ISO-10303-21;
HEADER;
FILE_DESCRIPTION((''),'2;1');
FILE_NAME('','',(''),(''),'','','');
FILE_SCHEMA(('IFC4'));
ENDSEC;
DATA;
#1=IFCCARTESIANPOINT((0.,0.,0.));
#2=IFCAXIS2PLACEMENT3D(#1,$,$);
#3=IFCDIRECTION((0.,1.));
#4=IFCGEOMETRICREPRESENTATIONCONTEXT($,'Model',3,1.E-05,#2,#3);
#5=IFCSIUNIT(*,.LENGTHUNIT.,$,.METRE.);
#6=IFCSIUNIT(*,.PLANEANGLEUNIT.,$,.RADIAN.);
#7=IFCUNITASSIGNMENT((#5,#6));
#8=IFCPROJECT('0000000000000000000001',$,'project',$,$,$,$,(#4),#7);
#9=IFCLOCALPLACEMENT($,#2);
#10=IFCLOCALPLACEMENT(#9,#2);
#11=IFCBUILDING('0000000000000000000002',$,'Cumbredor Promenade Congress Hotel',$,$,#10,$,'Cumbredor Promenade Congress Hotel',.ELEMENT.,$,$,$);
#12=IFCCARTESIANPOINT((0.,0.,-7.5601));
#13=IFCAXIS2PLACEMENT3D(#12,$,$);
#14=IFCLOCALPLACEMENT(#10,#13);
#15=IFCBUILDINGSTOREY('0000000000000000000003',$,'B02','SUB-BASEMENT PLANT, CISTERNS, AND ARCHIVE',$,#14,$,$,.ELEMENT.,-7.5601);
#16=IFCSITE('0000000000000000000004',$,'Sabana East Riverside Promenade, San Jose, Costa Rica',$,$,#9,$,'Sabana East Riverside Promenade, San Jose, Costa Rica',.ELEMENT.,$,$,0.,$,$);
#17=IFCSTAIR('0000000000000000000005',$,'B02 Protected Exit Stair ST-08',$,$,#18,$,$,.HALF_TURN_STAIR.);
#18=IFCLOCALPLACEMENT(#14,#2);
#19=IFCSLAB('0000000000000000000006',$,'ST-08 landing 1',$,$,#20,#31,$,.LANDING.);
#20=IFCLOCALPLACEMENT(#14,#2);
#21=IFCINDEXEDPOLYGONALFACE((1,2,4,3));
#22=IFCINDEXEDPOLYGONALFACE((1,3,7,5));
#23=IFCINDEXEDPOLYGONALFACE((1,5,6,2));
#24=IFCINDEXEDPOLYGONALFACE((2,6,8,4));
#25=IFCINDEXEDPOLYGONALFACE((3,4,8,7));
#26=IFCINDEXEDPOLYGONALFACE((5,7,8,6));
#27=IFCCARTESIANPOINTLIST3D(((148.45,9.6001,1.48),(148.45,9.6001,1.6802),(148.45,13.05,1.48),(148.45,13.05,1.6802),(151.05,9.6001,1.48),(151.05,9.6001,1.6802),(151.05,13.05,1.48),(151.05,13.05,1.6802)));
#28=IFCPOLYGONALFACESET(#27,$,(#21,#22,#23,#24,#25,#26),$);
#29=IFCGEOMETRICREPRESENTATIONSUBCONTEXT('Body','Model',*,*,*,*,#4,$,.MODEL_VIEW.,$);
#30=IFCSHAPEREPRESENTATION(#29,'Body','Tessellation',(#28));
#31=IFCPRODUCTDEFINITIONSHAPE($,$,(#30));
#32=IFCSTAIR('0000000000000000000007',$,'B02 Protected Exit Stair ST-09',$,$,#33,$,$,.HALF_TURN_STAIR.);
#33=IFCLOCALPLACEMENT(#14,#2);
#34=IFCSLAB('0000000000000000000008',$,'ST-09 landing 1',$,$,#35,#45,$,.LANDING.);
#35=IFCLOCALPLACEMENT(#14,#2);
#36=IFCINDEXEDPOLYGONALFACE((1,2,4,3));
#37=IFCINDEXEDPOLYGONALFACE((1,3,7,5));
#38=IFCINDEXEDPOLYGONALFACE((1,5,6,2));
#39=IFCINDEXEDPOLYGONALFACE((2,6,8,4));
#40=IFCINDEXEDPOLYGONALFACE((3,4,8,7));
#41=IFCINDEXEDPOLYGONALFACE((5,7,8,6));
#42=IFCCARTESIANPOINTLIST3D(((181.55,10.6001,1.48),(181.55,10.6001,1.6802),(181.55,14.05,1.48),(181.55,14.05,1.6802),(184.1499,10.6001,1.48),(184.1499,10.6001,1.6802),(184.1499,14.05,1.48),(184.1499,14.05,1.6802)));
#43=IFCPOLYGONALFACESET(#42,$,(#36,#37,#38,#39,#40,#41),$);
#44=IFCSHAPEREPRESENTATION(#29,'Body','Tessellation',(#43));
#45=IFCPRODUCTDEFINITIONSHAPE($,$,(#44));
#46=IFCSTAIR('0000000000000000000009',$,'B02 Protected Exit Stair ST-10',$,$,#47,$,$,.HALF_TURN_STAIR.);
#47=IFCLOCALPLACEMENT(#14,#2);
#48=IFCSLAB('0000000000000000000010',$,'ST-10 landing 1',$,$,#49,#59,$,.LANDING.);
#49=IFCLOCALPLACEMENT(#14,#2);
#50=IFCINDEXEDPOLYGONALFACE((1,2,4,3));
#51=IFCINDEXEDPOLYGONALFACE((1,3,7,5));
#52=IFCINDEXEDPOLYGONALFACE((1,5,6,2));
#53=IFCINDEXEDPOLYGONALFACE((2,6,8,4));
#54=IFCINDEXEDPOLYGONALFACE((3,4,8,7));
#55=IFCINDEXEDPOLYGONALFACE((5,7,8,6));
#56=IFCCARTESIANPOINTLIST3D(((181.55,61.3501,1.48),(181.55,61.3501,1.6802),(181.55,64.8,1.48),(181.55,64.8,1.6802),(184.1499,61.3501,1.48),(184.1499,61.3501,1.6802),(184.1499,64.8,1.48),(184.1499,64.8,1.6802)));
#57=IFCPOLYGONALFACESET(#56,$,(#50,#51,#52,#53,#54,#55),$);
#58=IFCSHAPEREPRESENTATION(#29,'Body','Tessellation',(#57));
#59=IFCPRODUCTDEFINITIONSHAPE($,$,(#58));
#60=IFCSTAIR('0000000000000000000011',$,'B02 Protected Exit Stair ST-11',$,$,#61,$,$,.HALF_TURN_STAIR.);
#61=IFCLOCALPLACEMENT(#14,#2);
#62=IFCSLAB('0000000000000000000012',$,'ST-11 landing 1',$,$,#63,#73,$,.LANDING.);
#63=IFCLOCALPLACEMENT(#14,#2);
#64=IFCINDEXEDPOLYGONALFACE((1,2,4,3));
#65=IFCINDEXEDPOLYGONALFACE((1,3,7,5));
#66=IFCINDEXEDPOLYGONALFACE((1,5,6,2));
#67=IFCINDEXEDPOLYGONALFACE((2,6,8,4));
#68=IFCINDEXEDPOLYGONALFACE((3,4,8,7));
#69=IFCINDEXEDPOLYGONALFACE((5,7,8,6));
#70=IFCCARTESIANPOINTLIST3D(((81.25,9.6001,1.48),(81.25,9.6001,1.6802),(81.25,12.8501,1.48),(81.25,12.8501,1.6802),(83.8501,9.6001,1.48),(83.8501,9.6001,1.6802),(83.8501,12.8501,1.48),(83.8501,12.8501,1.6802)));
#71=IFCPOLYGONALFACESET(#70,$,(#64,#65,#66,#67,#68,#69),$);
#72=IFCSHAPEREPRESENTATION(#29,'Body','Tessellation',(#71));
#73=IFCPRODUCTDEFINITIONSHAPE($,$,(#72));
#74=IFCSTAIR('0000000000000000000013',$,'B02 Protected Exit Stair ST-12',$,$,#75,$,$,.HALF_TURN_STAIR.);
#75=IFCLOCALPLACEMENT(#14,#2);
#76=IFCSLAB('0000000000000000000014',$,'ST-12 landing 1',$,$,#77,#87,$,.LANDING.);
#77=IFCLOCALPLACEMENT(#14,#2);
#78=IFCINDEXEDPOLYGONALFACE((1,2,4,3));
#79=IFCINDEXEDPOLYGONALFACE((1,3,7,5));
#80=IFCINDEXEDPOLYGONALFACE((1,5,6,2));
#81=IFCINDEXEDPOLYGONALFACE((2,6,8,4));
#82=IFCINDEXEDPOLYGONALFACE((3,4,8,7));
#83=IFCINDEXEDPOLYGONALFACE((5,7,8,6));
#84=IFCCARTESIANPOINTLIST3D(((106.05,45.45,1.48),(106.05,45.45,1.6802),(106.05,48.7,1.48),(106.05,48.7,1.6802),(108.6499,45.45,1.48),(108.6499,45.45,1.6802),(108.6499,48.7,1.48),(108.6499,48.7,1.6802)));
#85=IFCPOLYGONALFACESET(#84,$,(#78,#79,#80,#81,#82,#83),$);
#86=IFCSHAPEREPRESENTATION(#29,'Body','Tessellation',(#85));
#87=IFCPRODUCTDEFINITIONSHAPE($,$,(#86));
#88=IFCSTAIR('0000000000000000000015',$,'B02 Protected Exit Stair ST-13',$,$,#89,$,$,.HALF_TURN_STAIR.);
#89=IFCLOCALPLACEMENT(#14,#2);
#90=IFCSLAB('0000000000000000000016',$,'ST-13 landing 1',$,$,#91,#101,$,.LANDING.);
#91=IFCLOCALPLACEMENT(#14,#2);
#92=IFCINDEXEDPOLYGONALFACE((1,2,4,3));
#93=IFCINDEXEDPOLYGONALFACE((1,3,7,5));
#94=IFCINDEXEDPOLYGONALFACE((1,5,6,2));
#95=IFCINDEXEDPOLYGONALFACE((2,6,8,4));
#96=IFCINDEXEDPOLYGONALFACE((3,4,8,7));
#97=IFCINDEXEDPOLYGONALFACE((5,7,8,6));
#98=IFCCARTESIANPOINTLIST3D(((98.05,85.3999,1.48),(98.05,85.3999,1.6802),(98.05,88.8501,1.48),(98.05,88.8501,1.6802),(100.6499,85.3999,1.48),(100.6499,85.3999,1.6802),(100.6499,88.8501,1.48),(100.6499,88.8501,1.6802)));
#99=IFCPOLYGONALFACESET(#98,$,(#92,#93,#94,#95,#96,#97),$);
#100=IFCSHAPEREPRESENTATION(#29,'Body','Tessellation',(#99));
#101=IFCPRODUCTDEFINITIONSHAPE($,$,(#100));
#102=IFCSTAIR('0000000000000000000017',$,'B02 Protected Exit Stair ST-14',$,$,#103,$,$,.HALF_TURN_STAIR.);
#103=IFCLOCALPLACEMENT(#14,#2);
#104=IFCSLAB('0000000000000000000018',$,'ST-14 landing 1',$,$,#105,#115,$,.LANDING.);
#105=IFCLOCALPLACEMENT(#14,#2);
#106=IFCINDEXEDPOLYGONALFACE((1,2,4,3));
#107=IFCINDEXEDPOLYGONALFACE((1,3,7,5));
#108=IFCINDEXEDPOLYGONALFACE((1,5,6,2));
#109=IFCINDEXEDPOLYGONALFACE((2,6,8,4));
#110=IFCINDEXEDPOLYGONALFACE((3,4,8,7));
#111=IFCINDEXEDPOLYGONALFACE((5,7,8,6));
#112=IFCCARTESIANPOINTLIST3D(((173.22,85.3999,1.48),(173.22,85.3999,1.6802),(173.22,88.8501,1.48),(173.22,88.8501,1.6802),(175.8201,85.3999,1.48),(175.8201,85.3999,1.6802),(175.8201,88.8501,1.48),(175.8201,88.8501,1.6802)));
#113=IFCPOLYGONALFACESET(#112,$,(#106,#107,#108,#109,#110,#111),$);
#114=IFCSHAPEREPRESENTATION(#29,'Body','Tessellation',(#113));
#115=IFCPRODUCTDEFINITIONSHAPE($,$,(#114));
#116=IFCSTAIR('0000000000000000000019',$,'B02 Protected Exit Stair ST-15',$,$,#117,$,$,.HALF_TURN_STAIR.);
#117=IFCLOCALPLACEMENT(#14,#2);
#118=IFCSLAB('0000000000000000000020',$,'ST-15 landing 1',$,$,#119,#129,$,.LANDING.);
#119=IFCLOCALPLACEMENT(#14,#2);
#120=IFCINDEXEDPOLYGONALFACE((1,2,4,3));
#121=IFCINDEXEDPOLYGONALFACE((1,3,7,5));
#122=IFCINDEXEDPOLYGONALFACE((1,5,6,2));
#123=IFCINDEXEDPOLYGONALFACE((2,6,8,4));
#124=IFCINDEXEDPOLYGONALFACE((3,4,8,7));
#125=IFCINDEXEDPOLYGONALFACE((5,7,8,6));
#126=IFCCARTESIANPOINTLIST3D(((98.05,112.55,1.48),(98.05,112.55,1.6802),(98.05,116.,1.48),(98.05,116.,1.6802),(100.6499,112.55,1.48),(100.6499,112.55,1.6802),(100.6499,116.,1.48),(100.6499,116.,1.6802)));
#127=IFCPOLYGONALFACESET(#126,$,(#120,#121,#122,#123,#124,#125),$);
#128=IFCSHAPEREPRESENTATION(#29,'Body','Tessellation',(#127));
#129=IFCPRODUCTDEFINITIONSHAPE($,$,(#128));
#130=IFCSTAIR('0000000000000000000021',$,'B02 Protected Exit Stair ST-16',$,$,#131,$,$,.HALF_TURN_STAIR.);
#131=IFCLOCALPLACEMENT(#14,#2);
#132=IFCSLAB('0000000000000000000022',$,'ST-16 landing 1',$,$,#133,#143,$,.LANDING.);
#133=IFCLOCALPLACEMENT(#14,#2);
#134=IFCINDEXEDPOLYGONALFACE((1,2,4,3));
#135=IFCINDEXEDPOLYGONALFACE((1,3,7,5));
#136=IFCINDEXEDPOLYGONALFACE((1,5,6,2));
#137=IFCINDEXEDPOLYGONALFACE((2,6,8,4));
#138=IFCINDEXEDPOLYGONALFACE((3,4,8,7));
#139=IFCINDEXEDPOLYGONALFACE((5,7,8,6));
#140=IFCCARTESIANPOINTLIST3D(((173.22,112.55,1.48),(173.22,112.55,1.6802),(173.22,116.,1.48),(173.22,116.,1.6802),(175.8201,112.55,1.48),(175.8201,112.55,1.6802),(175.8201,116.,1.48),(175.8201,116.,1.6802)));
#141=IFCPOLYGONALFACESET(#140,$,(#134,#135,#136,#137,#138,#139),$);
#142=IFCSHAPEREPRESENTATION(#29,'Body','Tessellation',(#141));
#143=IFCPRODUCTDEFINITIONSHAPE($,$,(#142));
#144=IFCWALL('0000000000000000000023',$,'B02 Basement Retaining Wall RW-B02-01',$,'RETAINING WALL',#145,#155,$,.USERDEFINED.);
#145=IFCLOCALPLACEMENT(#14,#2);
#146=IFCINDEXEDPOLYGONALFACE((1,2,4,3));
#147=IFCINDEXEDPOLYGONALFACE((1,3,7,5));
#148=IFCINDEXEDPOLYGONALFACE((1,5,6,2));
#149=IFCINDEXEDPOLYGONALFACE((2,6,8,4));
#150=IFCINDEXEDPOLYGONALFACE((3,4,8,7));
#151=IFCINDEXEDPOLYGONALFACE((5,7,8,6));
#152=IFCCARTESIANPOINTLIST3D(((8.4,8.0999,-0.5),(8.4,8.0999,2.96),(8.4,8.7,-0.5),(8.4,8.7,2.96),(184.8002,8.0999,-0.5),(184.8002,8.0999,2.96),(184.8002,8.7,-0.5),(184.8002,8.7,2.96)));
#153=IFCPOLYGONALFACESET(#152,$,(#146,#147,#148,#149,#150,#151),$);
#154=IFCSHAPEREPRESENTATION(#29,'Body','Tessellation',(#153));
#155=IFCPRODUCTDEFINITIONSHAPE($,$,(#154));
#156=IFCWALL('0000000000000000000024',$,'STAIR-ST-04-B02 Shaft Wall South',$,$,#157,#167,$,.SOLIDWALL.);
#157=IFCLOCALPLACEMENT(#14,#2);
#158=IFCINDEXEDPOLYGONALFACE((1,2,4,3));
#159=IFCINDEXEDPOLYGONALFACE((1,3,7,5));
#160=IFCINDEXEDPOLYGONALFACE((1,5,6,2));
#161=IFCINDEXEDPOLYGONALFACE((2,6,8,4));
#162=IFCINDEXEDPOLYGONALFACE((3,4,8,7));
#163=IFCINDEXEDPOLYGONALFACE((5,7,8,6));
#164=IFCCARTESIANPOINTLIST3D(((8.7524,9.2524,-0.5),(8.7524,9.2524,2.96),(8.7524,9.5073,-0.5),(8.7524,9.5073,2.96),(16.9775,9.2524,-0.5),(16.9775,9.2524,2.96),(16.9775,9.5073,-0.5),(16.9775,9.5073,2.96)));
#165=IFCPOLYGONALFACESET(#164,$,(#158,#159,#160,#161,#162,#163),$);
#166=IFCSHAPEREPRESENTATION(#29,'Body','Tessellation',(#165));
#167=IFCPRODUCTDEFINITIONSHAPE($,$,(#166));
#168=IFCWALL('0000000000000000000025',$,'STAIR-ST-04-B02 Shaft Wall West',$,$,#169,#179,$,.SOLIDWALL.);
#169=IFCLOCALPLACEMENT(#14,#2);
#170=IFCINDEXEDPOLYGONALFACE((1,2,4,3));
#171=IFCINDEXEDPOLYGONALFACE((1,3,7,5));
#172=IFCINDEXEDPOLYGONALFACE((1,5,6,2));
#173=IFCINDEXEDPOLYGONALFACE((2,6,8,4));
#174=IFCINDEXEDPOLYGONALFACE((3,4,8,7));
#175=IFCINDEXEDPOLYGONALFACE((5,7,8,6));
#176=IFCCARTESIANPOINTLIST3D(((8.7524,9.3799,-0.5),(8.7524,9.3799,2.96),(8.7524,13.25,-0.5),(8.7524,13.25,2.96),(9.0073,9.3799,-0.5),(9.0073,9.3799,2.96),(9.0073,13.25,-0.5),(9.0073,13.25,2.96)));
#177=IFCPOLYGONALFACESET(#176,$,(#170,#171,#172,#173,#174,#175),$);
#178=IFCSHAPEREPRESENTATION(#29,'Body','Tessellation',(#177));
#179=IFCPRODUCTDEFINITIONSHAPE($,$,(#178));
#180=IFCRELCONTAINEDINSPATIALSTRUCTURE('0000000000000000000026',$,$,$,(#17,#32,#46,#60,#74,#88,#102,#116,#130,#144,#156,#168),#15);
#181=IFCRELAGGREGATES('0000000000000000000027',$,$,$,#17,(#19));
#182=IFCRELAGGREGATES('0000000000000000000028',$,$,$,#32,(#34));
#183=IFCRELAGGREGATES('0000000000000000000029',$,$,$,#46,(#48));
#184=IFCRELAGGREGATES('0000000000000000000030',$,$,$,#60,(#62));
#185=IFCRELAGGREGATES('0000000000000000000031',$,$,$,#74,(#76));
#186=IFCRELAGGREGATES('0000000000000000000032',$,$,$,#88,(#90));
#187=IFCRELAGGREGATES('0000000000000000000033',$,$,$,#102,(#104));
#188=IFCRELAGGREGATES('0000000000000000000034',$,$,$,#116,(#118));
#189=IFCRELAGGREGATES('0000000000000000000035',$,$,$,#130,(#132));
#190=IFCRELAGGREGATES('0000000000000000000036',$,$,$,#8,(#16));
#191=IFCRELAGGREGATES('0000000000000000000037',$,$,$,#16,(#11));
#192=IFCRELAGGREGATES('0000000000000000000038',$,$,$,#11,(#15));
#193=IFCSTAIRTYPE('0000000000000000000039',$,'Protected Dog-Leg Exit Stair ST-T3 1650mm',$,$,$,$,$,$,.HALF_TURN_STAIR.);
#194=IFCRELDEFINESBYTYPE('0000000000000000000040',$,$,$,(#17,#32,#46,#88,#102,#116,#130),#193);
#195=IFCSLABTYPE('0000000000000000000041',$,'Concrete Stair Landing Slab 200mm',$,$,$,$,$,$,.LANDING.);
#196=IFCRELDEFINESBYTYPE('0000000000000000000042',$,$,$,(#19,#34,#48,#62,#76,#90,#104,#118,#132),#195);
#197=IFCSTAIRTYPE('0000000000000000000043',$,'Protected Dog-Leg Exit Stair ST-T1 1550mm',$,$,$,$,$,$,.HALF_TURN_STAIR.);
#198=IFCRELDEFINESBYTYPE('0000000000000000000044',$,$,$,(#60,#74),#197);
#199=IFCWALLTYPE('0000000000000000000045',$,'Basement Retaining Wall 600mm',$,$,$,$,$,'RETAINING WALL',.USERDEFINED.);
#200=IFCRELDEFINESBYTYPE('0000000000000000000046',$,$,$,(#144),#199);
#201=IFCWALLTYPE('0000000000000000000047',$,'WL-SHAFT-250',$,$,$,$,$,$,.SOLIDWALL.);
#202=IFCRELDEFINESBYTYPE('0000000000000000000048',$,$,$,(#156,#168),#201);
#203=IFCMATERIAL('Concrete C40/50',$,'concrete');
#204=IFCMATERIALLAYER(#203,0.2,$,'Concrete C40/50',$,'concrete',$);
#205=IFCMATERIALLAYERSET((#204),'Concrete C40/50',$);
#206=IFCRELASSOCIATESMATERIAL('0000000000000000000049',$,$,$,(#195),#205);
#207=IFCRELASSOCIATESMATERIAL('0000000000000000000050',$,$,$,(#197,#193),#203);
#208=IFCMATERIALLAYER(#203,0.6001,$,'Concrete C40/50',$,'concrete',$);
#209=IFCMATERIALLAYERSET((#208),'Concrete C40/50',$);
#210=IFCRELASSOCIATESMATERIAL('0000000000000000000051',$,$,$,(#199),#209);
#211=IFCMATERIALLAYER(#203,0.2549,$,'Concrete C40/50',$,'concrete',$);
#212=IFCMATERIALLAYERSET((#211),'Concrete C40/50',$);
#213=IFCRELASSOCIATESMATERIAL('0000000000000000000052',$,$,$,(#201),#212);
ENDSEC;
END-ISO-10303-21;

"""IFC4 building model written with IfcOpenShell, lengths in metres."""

from ifc_helpers import new_model, si_unit, direction, frame, frame_2d, origin, place, context, subcontext, project, spatial, polyline, rectangle, outline, extrude, material, layer, layer_set, type_object, element, aggregate, save


model = new_model("IFC4")

# Units and contexts
model_context = context("Model", 3, precision=1e-05, world=origin(), true_north=direction((0.0, 1.0)))
body_context = subcontext(model_context, "Body", "Model", "MODEL_VIEW")
ifc_project = project(units=[si_unit("LENGTHUNIT", "METRE"), si_unit("PLANEANGLEUNIT", "RADIAN")], contexts=[model_context])

# Site, building, storey
site_placement = place(None, origin())
site = spatial("IfcSite", under=ifc_project, at=site_placement, Name="Sabana East Riverside Promenade, San Jose, Costa Rica", LongName="Sabana East Riverside Promenade, San Jose, Costa Rica", CompositionType="ELEMENT", RefElevation=0.0)
building_placement = place(site_placement, origin())
building = spatial("IfcBuilding", under=site, at=building_placement, Name="Cumbredor Promenade Congress Hotel", LongName="Cumbredor Promenade Congress Hotel", CompositionType="ELEMENT")
storey_placement = place(building_placement, frame((0.0, 0.0, -7.5601)))
storey = spatial("IfcBuildingStorey", under=building, at=storey_placement, Name="B02", Description="SUB-BASEMENT PLANT, CISTERNS, AND ARCHIVE", CompositionType="ELEMENT", Elevation=-7.5601)

# Shared definitions
ifc_material_1 = material(Name="Concrete C40/50", Category="concrete")

# Stairs, slabs
ifc_layer_1 = layer(ifc_material_1, 0.2, Name="Concrete C40/50", Category="concrete")
ifc_layer_set_1 = layer_set([ifc_layer_1], Name="Concrete C40/50")
slab_type_1 = type_object("IfcSlabType", Name="Concrete Stair Landing Slab 200mm", PredefinedType="LANDING", material=ifc_layer_set_1)
stair_type_1 = type_object("IfcStairType", Name="Protected Dog-Leg Exit Stair ST-T1 1550mm", PredefinedType="HALF_TURN_STAIR", material=ifc_material_1)
stair_type_2 = type_object("IfcStairType", Name="Protected Dog-Leg Exit Stair ST-T3 1650mm", PredefinedType="HALF_TURN_STAIR", material=ifc_material_1)
stair_1_placement = place(storey_placement, origin())
stair_1 = element("IfcStair", 1, at=stair_1_placement, inside=storey, type_object=stair_type_2, Name="B02 Protected Exit Stair ST-08", PredefinedType="HALF_TURN_STAIR")
slab_1_placement = place(storey_placement, frame((0.0, 0.0, 1.48)))
slab_1 = element("IfcSlab", 2, at=slab_1_placement, type_object=slab_type_1, Name="ST-08 landing 1", PredefinedType="LANDING", context=body_context, shape_type="SweptSolid", body=[
    extrude(outline(polyline([(148.45, 9.6001), (151.05, 9.6001), (151.05, 13.05), (148.45, 13.05), (148.45, 9.6001)])), origin(), (0.0, 0.0, 1.0), 0.2002),
])
aggregate(stair_1, [slab_1])
stair_2_placement = place(storey_placement, origin())
stair_2 = element("IfcStair", 3, at=stair_2_placement, inside=storey, type_object=stair_type_2, Name="B02 Protected Exit Stair ST-09", PredefinedType="HALF_TURN_STAIR")
slab_2_placement = place(storey_placement, frame((0.0, 0.0, 1.48)))
slab_2 = element("IfcSlab", 4, at=slab_2_placement, type_object=slab_type_1, Name="ST-09 landing 1", PredefinedType="LANDING", context=body_context, shape_type="SweptSolid", body=[
    extrude(outline(polyline([(181.55, 10.6001), (184.1499, 10.6001), (184.1499, 14.05), (181.55, 14.05), (181.55, 10.6001)])), origin(), (0.0, 0.0, 1.0), 0.2002),
])
aggregate(stair_2, [slab_2])
stair_3_placement = place(storey_placement, origin())
stair_3 = element("IfcStair", 5, at=stair_3_placement, inside=storey, type_object=stair_type_2, Name="B02 Protected Exit Stair ST-10", PredefinedType="HALF_TURN_STAIR")
slab_3_placement = place(storey_placement, frame((0.0, 0.0, 1.48)))
slab_3 = element("IfcSlab", 6, at=slab_3_placement, type_object=slab_type_1, Name="ST-10 landing 1", PredefinedType="LANDING", context=body_context, shape_type="SweptSolid", body=[
    extrude(outline(polyline([(181.55, 61.3501), (184.1499, 61.3501), (184.1499, 64.8), (181.55, 64.8), (181.55, 61.3501)])), origin(), (0.0, 0.0, 1.0), 0.2002),
])
aggregate(stair_3, [slab_3])
stair_4_placement = place(storey_placement, origin())
stair_4 = element("IfcStair", 7, at=stair_4_placement, inside=storey, type_object=stair_type_1, Name="B02 Protected Exit Stair ST-11", PredefinedType="HALF_TURN_STAIR")
slab_4_placement = place(storey_placement, frame((0.0, 0.0, 1.48)))
slab_4 = element("IfcSlab", 8, at=slab_4_placement, type_object=slab_type_1, Name="ST-11 landing 1", PredefinedType="LANDING", context=body_context, shape_type="SweptSolid", body=[
    extrude(outline(polyline([(81.25, 9.6001), (83.8501, 9.6001), (83.8501, 12.8501), (81.25, 12.8501), (81.25, 9.6001)])), origin(), (0.0, 0.0, 1.0), 0.2002),
])
aggregate(stair_4, [slab_4])
stair_5_placement = place(storey_placement, origin())
stair_5 = element("IfcStair", 9, at=stair_5_placement, inside=storey, type_object=stair_type_1, Name="B02 Protected Exit Stair ST-12", PredefinedType="HALF_TURN_STAIR")
slab_5_placement = place(storey_placement, frame((0.0, 0.0, 1.48)))
slab_5 = element("IfcSlab", 10, at=slab_5_placement, type_object=slab_type_1, Name="ST-12 landing 1", PredefinedType="LANDING", context=body_context, shape_type="SweptSolid", body=[
    extrude(outline(polyline([(106.05, 45.45), (108.6499, 45.45), (108.6499, 48.7), (106.05, 48.7), (106.05, 45.45)])), origin(), (0.0, 0.0, 1.0), 0.2002),
])
aggregate(stair_5, [slab_5])
stair_6_placement = place(storey_placement, origin())
stair_6 = element("IfcStair", 11, at=stair_6_placement, inside=storey, type_object=stair_type_2, Name="B02 Protected Exit Stair ST-13", PredefinedType="HALF_TURN_STAIR")
slab_6_placement = place(storey_placement, frame((0.0, 0.0, 1.48)))
slab_6 = element("IfcSlab", 12, at=slab_6_placement, type_object=slab_type_1, Name="ST-13 landing 1", PredefinedType="LANDING", context=body_context, shape_type="SweptSolid", body=[
    extrude(outline(polyline([(98.05, 85.3999), (100.6499, 85.3999), (100.6499, 88.8501), (98.05, 88.8501), (98.05, 85.3999)])), origin(), (0.0, 0.0, 1.0), 0.2002),
])
aggregate(stair_6, [slab_6])
stair_7_placement = place(storey_placement, origin())
stair_7 = element("IfcStair", 13, at=stair_7_placement, inside=storey, type_object=stair_type_2, Name="B02 Protected Exit Stair ST-14", PredefinedType="HALF_TURN_STAIR")
slab_7_placement = place(storey_placement, frame((0.0, 0.0, 1.48)))
slab_7 = element("IfcSlab", 14, at=slab_7_placement, type_object=slab_type_1, Name="ST-14 landing 1", PredefinedType="LANDING", context=body_context, shape_type="SweptSolid", body=[
    extrude(outline(polyline([(173.22, 85.3999), (175.8201, 85.3999), (175.8201, 88.8501), (173.22, 88.8501), (173.22, 85.3999)])), origin(), (0.0, 0.0, 1.0), 0.2002),
])
aggregate(stair_7, [slab_7])
stair_8_placement = place(storey_placement, origin())
stair_8 = element("IfcStair", 15, at=stair_8_placement, inside=storey, type_object=stair_type_2, Name="B02 Protected Exit Stair ST-15", PredefinedType="HALF_TURN_STAIR")
slab_8_placement = place(storey_placement, frame((0.0, 0.0, 1.48)))
slab_8 = element("IfcSlab", 16, at=slab_8_placement, type_object=slab_type_1, Name="ST-15 landing 1", PredefinedType="LANDING", context=body_context, shape_type="SweptSolid", body=[
    extrude(outline(polyline([(98.05, 112.55), (100.6499, 112.55), (100.6499, 116.0), (98.05, 116.0), (98.05, 112.55)])), origin(), (0.0, 0.0, 1.0), 0.2002),
])
aggregate(stair_8, [slab_8])
stair_9_placement = place(storey_placement, origin())
stair_9 = element("IfcStair", 17, at=stair_9_placement, inside=storey, type_object=stair_type_2, Name="B02 Protected Exit Stair ST-16", PredefinedType="HALF_TURN_STAIR")
slab_9_placement = place(storey_placement, frame((0.0, 0.0, 1.48)))
slab_9 = element("IfcSlab", 18, at=slab_9_placement, type_object=slab_type_1, Name="ST-16 landing 1", PredefinedType="LANDING", context=body_context, shape_type="SweptSolid", body=[
    extrude(outline(polyline([(173.22, 112.55), (175.8201, 112.55), (175.8201, 116.0), (173.22, 116.0), (173.22, 112.55)])), origin(), (0.0, 0.0, 1.0), 0.2002),
])
aggregate(stair_9, [slab_9])

# Walls
ifc_layer_2 = layer(ifc_material_1, 0.6001, Name="Concrete C40/50", Category="concrete")
ifc_layer_set_2 = layer_set([ifc_layer_2], Name="Concrete C40/50")
wall_type_1 = type_object("IfcWallType", Name="Basement Retaining Wall 600mm", ElementType="RETAINING WALL", PredefinedType="USERDEFINED", material=ifc_layer_set_2)
wall_1_placement = place(storey_placement, frame((8.3999, 8.3999, -0.5), z_axis=(0.0, 0.0, 1.0), x_axis=(1.0, 0.0, 0.0)))
element("IfcWall", 19, at=wall_1_placement, inside=storey, type_object=wall_type_1, Name="B02 Basement Retaining Wall RW-B02-01", ObjectType="RETAINING WALL", PredefinedType="USERDEFINED", context=body_context, shape_type="SweptSolid", body=[
    extrude(rectangle(XDim=176.4001, YDim=0.6001, at=frame_2d((88.2002, 0.0))), origin(), (0.0, 0.0, 1.0), 3.46),
])
ifc_layer_3 = layer(ifc_material_1, 0.2549, Name="Concrete C40/50", Category="concrete")
ifc_layer_set_3 = layer_set([ifc_layer_3], Name="Concrete C40/50")
wall_type_2 = type_object("IfcWallType", Name="WL-SHAFT-250", PredefinedType="SOLIDWALL", material=ifc_layer_set_3)
wall_2_placement = place(storey_placement, frame((8.7524, 9.3799, -0.5), z_axis=(0.0, 0.0, 1.0), x_axis=(1.0, 0.0, 0.0)))
element("IfcWall", 20, at=wall_2_placement, inside=storey, type_object=wall_type_2, Name="STAIR-ST-04-B02 Shaft Wall South", PredefinedType="SOLIDWALL", context=body_context, shape_type="SweptSolid", body=[
    extrude(rectangle(XDim=8.2251, YDim=0.2549, at=frame_2d((4.1125, 0.0))), origin(), (0.0, 0.0, 1.0), 3.46),
])
wall_3_placement = place(storey_placement, frame((8.8799, 9.3799, -0.5), z_axis=(0.0, 0.0, 1.0), x_axis=(0.0, 1.0, 0.0)))
element("IfcWall", 21, at=wall_3_placement, inside=storey, type_object=wall_type_2, Name="STAIR-ST-04-B02 Shaft Wall West", PredefinedType="SOLIDWALL", context=body_context, shape_type="SweptSolid", body=[
    extrude(rectangle(XDim=3.8701, YDim=0.2549, at=frame_2d((1.9351, 0.0))), origin(), (0.0, 0.0, 1.0), 3.46),
])

save(model, "model.ifc")
